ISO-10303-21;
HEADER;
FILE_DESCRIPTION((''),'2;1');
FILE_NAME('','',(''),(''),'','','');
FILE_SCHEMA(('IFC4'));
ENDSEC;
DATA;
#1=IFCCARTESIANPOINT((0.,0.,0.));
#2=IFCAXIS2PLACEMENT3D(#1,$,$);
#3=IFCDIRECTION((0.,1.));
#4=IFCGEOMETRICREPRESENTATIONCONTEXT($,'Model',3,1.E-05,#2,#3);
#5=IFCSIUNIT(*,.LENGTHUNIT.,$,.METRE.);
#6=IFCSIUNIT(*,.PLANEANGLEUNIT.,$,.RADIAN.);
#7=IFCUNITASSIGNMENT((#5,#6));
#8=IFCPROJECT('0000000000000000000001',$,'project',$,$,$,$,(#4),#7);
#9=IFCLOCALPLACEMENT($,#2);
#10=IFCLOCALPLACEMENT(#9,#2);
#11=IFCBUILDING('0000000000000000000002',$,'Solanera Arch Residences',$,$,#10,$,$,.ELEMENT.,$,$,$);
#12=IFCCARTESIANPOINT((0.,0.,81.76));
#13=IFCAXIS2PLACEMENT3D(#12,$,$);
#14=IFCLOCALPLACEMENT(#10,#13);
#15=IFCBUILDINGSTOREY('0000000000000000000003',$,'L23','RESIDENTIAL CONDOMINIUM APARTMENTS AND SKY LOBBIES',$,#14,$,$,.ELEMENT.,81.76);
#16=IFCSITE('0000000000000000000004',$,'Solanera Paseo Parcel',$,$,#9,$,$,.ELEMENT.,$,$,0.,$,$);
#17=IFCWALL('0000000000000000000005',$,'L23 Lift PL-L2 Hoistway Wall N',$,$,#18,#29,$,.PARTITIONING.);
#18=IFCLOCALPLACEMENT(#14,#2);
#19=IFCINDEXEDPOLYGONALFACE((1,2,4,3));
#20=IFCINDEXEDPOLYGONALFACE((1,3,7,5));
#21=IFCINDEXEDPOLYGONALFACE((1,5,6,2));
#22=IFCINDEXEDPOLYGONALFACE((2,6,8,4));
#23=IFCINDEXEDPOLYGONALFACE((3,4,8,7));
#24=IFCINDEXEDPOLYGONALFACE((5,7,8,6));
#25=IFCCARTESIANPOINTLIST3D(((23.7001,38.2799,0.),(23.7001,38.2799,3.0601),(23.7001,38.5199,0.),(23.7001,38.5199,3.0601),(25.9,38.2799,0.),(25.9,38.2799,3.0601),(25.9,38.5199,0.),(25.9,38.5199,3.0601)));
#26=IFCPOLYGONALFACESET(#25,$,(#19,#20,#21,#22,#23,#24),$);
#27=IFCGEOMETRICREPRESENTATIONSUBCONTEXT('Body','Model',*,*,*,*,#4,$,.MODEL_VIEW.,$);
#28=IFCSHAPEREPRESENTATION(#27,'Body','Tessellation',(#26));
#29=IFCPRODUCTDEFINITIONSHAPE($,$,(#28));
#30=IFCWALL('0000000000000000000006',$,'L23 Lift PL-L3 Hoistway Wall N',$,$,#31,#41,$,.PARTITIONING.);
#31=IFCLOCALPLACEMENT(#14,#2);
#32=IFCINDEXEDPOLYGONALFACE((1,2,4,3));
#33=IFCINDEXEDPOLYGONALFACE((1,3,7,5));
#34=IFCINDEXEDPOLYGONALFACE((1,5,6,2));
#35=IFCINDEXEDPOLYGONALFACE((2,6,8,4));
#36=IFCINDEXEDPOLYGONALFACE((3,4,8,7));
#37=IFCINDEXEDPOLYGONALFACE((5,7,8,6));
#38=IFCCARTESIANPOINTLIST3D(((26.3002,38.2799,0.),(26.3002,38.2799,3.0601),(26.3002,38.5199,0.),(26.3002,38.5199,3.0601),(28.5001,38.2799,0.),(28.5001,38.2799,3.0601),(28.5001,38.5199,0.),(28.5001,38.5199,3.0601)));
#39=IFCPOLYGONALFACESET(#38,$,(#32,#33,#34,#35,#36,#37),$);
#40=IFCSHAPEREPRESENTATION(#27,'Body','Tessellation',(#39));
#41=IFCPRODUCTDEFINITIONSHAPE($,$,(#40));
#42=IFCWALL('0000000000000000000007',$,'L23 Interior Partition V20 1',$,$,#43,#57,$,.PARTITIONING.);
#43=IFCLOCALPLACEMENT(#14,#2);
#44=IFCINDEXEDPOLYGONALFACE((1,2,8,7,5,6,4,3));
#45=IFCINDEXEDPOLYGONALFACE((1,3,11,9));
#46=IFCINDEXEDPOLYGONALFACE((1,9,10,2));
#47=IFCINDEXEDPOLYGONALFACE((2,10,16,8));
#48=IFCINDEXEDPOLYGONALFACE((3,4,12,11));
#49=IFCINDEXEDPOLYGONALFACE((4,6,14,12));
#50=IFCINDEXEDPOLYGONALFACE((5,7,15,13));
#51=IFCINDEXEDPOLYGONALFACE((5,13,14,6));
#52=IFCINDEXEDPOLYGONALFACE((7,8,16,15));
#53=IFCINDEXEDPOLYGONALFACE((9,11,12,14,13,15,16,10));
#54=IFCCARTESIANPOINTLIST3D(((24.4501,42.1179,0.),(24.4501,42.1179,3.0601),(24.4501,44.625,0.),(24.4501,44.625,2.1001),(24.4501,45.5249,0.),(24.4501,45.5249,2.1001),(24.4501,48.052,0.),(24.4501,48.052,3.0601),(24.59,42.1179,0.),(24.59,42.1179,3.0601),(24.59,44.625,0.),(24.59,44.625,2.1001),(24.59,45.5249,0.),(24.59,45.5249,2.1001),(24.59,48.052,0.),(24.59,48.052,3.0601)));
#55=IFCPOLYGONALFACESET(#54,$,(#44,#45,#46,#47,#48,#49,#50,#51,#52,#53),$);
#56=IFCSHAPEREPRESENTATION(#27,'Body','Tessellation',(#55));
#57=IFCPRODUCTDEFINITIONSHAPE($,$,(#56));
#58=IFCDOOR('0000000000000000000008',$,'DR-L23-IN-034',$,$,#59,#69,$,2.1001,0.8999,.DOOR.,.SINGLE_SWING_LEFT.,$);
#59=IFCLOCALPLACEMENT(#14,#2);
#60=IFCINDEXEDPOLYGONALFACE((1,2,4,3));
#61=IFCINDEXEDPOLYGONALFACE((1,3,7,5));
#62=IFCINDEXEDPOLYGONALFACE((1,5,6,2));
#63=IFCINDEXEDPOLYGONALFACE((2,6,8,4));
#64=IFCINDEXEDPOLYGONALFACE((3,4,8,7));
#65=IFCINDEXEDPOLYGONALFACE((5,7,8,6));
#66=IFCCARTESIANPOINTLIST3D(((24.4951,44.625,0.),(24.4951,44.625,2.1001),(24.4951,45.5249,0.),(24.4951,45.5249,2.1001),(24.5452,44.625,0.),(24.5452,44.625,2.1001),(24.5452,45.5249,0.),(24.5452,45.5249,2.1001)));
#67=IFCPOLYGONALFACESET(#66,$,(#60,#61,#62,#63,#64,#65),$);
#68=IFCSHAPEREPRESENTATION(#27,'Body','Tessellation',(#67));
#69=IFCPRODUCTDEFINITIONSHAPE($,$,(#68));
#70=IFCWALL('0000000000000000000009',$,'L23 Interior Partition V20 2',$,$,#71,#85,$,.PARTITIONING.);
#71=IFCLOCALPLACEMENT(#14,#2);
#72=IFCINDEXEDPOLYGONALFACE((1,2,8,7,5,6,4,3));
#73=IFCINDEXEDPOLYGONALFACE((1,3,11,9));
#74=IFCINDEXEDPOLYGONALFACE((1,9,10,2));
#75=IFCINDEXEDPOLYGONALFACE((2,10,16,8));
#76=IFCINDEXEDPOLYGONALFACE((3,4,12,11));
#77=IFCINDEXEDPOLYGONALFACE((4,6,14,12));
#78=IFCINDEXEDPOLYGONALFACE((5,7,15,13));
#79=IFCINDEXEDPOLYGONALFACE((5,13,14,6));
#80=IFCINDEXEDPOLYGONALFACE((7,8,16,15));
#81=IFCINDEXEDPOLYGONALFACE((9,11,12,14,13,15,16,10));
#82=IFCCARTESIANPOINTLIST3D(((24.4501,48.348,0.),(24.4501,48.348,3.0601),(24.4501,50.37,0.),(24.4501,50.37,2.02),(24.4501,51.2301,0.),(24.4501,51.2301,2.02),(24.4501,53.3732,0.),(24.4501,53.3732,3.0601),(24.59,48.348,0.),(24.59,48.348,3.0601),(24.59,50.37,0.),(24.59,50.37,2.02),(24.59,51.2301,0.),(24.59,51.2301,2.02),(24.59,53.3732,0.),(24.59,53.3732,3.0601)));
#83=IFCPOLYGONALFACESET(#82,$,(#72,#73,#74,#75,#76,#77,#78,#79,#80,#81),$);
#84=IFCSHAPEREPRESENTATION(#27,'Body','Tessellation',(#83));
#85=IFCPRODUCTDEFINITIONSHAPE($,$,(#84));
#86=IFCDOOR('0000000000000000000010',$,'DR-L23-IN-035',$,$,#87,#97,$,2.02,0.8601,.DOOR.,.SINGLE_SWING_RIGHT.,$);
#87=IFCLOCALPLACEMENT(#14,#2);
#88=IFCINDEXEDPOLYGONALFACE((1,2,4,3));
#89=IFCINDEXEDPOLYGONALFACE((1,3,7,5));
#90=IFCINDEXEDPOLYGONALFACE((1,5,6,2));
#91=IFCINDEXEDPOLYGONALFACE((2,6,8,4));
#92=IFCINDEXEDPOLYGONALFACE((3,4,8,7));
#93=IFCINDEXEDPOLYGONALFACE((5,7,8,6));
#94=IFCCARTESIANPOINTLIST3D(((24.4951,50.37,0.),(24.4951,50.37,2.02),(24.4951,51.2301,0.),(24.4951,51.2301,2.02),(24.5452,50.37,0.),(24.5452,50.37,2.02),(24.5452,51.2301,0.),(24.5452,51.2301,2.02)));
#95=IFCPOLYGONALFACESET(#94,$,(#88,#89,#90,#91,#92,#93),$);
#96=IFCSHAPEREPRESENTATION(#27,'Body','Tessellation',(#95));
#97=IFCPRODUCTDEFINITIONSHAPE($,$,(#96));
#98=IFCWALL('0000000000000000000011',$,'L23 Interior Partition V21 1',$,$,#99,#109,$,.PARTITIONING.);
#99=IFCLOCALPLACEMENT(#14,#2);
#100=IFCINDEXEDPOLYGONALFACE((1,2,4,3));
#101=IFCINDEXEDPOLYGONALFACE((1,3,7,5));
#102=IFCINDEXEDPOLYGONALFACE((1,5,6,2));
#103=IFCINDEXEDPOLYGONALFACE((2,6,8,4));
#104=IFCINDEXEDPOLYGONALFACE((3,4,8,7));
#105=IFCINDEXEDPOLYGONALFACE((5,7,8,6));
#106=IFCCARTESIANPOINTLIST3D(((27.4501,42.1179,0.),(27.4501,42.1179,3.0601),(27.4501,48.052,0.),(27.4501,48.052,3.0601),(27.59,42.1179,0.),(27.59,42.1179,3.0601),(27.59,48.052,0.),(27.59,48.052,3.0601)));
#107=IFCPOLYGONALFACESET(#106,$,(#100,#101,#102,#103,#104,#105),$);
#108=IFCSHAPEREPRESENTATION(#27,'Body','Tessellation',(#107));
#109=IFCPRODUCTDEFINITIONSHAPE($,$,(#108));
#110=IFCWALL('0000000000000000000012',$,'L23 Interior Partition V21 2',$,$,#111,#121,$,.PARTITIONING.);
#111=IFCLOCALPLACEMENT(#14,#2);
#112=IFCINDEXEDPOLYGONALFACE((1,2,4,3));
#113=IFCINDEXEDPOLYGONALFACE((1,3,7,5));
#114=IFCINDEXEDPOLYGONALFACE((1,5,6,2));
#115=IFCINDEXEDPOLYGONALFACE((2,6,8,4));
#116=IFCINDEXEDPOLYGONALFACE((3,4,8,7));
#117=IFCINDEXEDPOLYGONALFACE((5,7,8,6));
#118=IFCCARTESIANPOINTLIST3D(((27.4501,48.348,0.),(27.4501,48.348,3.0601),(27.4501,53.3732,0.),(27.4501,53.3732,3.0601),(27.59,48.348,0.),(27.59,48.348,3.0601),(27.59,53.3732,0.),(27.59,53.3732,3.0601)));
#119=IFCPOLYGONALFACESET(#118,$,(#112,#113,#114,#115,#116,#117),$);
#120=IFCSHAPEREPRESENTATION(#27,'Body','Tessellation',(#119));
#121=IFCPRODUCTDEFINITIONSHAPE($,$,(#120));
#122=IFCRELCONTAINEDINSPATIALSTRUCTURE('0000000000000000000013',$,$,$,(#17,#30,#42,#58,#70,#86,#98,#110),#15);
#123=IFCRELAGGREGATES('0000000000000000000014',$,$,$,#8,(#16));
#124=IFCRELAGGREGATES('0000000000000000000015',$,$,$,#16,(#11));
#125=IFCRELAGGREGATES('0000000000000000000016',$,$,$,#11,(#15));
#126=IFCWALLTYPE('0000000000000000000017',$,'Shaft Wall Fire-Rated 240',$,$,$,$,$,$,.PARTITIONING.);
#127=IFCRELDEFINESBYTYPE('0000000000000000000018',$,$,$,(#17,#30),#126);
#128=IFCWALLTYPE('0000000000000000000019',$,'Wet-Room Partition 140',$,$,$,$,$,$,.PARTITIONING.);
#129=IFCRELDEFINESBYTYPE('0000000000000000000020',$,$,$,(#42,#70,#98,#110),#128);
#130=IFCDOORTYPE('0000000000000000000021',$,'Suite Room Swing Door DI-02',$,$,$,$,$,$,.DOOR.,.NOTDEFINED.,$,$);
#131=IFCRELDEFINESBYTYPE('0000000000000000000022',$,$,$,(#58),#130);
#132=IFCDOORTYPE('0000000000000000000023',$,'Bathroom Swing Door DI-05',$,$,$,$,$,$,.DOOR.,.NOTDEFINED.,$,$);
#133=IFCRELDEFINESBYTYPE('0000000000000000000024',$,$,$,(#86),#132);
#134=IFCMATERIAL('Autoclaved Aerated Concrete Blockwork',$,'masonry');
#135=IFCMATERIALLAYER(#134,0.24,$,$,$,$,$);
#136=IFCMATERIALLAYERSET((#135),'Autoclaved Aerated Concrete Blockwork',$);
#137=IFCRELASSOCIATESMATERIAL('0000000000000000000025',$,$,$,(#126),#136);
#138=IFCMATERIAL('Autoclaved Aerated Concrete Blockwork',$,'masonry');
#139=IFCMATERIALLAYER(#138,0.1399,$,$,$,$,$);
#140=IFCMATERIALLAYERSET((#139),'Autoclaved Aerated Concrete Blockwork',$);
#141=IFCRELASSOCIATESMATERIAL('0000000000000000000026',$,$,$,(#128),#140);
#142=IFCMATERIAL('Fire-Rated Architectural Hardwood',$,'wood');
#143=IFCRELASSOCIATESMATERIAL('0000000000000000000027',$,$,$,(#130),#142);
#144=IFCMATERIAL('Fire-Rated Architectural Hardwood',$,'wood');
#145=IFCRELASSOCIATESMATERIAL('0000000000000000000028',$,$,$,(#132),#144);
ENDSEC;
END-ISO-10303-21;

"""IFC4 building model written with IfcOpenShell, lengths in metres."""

from ifc_helpers import new_model, si_unit, direction, frame, frame_2d, origin, place, context, subcontext, project, spatial, rectangle, extrude, material, layer, layer_set, type_object, element, fill, save


model = new_model("IFC4")

# Units and contexts
model_context = context("Model", 3, precision=1e-05, world=origin(), true_north=direction((0.0, 1.0)))
body_context = subcontext(model_context, "Body", "Model", "MODEL_VIEW")
ifc_project = project(units=[si_unit("LENGTHUNIT", "METRE"), si_unit("PLANEANGLEUNIT", "RADIAN")], contexts=[model_context])

# Site, building, storey
site_placement = place(None, origin())
site = spatial("IfcSite", under=ifc_project, at=site_placement, Name="Solanera Paseo Parcel", CompositionType="ELEMENT", RefElevation=0.0)
building_placement = place(site_placement, origin())
building = spatial("IfcBuilding", under=site, at=building_placement, Name="Solanera Arch Residences", CompositionType="ELEMENT")
storey_placement = place(building_placement, frame((0.0, 0.0, 81.76)))
storey = spatial("IfcBuildingStorey", under=building, at=storey_placement, Name="L23", Description="RESIDENTIAL CONDOMINIUM APARTMENTS AND SKY LOBBIES", CompositionType="ELEMENT", Elevation=81.76)

# Walls
ifc_material_1 = material(Name="Autoclaved Aerated Concrete Blockwork", Category="masonry")
ifc_layer_1 = layer(ifc_material_1, 0.24)
ifc_layer_set_1 = layer_set([ifc_layer_1], Name="Autoclaved Aerated Concrete Blockwork")
wall_type_1 = type_object("IfcWallType", Name="Shaft Wall Fire-Rated 240", PredefinedType="PARTITIONING", material=ifc_layer_set_1)
for number, where, z_axis, x_axis, name in (
    (1, (23.7, 38.3999, 0.0), (0.0, 0.0, 1.0), (1.0, 0.0, 0.0), "L23 Lift PL-L2 Hoistway Wall N"),
    (2, (26.3, 38.3999, 0.0), (0.0, 0.0, 1.0), (1.0, 0.0, 0.0), "L23 Lift PL-L3 Hoistway Wall N"),
):
    element("IfcWall", number, at=place(storey_placement, frame(where, z_axis=z_axis, x_axis=x_axis)), inside=storey, type_object=wall_type_1, Name=name, PredefinedType="PARTITIONING", context=body_context, shape_type="SweptSolid", body=[
        extrude(rectangle(XDim=2.2, YDim=0.24, at=frame_2d((1.1001, 0.0))), origin(), (0.0, 0.0, 1.0), 3.0601),
    ])

# Walls, openings, doors
ifc_material_2 = material(Name="Autoclaved Aerated Concrete Blockwork", Category="masonry")
ifc_layer_2 = layer(ifc_material_2, 0.1399)
ifc_layer_set_2 = layer_set([ifc_layer_2], Name="Autoclaved Aerated Concrete Blockwork")
wall_type_2 = type_object("IfcWallType", Name="Wet-Room Partition 140", PredefinedType="PARTITIONING", material=ifc_layer_set_2)
wall_1_placement = place(storey_placement, frame((24.52, 42.1179, 0.0), z_axis=(0.0, 0.0, 1.0), x_axis=(0.0, 1.0, 0.0)))
wall_1 = element("IfcWall", 3, at=wall_1_placement, inside=storey, type_object=wall_type_2, Name="L23 Interior Partition V20 1", PredefinedType="PARTITIONING", context=body_context, shape_type="SweptSolid", body=[
    extrude(rectangle(XDim=5.9341, YDim=0.1399, at=frame_2d((2.967, 0.0))), origin(), (0.0, 0.0, 1.0), 3.0601),
])
opening_1_placement = place(wall_1_placement, frame((2.5071, 0.0, 0.0)))
opening_1 = element("IfcOpeningElement", 4, at=opening_1_placement, cuts=wall_1, PredefinedType="OPENING", context=body_context, shape_type="SweptSolid", body=[
    extrude(rectangle(XDim=0.8999, YDim=2.1001, at=frame_2d((0.45, 1.05))), frame((0.0, 0.0798, 0.0), z_axis=(0.0, -1.0, 0.0), x_axis=(1.0, 0.0, 0.0)), (0.0, 0.0, 1.0), 0.1599),
])
ifc_material_3 = material(Name="Fire-Rated Architectural Hardwood", Category="wood")
door_type_1 = type_object("IfcDoorType", Name="Suite Room Swing Door DI-02", OperationType="NOTDEFINED", PredefinedType="DOOR", material=ifc_material_3)
door_1_placement = place(opening_1_placement, origin())
door_1 = element("IfcDoor", 5, at=door_1_placement, inside=storey, type_object=door_type_1, Name="DR-L23-IN-034", OperationType="SINGLE_SWING_LEFT", OverallHeight=2.1001, OverallWidth=0.8999, PredefinedType="DOOR", context=body_context, shape_type="SweptSolid", body=[
    extrude(rectangle(XDim=0.8999, YDim=2.1001, at=frame_2d((0.45, 1.05))), frame((0.0, 0.0249, 0.0), z_axis=(0.0, -1.0, 0.0), x_axis=(1.0, 0.0, 0.0)), (0.0, 0.0, 1.0), 0.05),
])
fill(opening_1, door_1)
wall_2_placement = place(storey_placement, frame((24.52, 48.3479, 0.0), z_axis=(0.0, 0.0, 1.0), x_axis=(0.0, 1.0, 0.0)))
wall_2 = element("IfcWall", 6, at=wall_2_placement, inside=storey, type_object=wall_type_2, Name="L23 Interior Partition V20 2", PredefinedType="PARTITIONING", context=body_context, shape_type="SweptSolid", body=[
    extrude(rectangle(XDim=5.0251, YDim=0.1399, at=frame_2d((2.5127, 0.0))), origin(), (0.0, 0.0, 1.0), 3.0601),
])
opening_2_placement = place(wall_2_placement, frame((2.022, 0.0, 0.0)))
opening_2 = element("IfcOpeningElement", 7, at=opening_2_placement, cuts=wall_2, PredefinedType="OPENING", context=body_context, shape_type="SweptSolid", body=[
    extrude(rectangle(XDim=0.8601, YDim=2.02, at=frame_2d((0.4302, 1.01))), frame((0.0, 0.0798, 0.0), z_axis=(0.0, -1.0, 0.0), x_axis=(1.0, 0.0, 0.0)), (0.0, 0.0, 1.0), 0.1599),
])
ifc_material_4 = material(Name="Fire-Rated Architectural Hardwood", Category="wood")
door_type_2 = type_object("IfcDoorType", Name="Bathroom Swing Door DI-05", OperationType="NOTDEFINED", PredefinedType="DOOR", material=ifc_material_4)
door_2_placement = place(opening_2_placement, origin())
door_2 = element("IfcDoor", 8, at=door_2_placement, inside=storey, type_object=door_type_2, Name="DR-L23-IN-035", OperationType="SINGLE_SWING_RIGHT", OverallHeight=2.02, OverallWidth=0.8601, PredefinedType="DOOR", context=body_context, shape_type="SweptSolid", body=[
    extrude(rectangle(XDim=0.8601, YDim=2.02, at=frame_2d((0.4302, 1.01))), frame((0.0, 0.0249, 0.0), z_axis=(0.0, -1.0, 0.0), x_axis=(1.0, 0.0, 0.0)), (0.0, 0.0, 1.0), 0.05),
])
fill(opening_2, door_2)

# Walls
wall_3_placement = place(storey_placement, frame((27.52, 42.1179, 0.0), z_axis=(0.0, 0.0, 1.0), x_axis=(0.0, 1.0, 0.0)))
element("IfcWall", 9, at=wall_3_placement, inside=storey, type_object=wall_type_2, Name="L23 Interior Partition V21 1", PredefinedType="PARTITIONING", context=body_context, shape_type="SweptSolid", body=[
    extrude(rectangle(XDim=5.9341, YDim=0.1399, at=frame_2d((2.967, 0.0))), origin(), (0.0, 0.0, 1.0), 3.0601),
])
wall_4_placement = place(storey_placement, frame((27.52, 48.3479, 0.0), z_axis=(0.0, 0.0, 1.0), x_axis=(0.0, 1.0, 0.0)))
element("IfcWall", 10, at=wall_4_placement, inside=storey, type_object=wall_type_2, Name="L23 Interior Partition V21 2", PredefinedType="PARTITIONING", context=body_context, shape_type="SweptSolid", body=[
    extrude(rectangle(XDim=5.0251, YDim=0.1399, at=frame_2d((2.5127, 0.0))), origin(), (0.0, 0.0, 1.0), 3.0601),
])

save(model, "model.ifc")
